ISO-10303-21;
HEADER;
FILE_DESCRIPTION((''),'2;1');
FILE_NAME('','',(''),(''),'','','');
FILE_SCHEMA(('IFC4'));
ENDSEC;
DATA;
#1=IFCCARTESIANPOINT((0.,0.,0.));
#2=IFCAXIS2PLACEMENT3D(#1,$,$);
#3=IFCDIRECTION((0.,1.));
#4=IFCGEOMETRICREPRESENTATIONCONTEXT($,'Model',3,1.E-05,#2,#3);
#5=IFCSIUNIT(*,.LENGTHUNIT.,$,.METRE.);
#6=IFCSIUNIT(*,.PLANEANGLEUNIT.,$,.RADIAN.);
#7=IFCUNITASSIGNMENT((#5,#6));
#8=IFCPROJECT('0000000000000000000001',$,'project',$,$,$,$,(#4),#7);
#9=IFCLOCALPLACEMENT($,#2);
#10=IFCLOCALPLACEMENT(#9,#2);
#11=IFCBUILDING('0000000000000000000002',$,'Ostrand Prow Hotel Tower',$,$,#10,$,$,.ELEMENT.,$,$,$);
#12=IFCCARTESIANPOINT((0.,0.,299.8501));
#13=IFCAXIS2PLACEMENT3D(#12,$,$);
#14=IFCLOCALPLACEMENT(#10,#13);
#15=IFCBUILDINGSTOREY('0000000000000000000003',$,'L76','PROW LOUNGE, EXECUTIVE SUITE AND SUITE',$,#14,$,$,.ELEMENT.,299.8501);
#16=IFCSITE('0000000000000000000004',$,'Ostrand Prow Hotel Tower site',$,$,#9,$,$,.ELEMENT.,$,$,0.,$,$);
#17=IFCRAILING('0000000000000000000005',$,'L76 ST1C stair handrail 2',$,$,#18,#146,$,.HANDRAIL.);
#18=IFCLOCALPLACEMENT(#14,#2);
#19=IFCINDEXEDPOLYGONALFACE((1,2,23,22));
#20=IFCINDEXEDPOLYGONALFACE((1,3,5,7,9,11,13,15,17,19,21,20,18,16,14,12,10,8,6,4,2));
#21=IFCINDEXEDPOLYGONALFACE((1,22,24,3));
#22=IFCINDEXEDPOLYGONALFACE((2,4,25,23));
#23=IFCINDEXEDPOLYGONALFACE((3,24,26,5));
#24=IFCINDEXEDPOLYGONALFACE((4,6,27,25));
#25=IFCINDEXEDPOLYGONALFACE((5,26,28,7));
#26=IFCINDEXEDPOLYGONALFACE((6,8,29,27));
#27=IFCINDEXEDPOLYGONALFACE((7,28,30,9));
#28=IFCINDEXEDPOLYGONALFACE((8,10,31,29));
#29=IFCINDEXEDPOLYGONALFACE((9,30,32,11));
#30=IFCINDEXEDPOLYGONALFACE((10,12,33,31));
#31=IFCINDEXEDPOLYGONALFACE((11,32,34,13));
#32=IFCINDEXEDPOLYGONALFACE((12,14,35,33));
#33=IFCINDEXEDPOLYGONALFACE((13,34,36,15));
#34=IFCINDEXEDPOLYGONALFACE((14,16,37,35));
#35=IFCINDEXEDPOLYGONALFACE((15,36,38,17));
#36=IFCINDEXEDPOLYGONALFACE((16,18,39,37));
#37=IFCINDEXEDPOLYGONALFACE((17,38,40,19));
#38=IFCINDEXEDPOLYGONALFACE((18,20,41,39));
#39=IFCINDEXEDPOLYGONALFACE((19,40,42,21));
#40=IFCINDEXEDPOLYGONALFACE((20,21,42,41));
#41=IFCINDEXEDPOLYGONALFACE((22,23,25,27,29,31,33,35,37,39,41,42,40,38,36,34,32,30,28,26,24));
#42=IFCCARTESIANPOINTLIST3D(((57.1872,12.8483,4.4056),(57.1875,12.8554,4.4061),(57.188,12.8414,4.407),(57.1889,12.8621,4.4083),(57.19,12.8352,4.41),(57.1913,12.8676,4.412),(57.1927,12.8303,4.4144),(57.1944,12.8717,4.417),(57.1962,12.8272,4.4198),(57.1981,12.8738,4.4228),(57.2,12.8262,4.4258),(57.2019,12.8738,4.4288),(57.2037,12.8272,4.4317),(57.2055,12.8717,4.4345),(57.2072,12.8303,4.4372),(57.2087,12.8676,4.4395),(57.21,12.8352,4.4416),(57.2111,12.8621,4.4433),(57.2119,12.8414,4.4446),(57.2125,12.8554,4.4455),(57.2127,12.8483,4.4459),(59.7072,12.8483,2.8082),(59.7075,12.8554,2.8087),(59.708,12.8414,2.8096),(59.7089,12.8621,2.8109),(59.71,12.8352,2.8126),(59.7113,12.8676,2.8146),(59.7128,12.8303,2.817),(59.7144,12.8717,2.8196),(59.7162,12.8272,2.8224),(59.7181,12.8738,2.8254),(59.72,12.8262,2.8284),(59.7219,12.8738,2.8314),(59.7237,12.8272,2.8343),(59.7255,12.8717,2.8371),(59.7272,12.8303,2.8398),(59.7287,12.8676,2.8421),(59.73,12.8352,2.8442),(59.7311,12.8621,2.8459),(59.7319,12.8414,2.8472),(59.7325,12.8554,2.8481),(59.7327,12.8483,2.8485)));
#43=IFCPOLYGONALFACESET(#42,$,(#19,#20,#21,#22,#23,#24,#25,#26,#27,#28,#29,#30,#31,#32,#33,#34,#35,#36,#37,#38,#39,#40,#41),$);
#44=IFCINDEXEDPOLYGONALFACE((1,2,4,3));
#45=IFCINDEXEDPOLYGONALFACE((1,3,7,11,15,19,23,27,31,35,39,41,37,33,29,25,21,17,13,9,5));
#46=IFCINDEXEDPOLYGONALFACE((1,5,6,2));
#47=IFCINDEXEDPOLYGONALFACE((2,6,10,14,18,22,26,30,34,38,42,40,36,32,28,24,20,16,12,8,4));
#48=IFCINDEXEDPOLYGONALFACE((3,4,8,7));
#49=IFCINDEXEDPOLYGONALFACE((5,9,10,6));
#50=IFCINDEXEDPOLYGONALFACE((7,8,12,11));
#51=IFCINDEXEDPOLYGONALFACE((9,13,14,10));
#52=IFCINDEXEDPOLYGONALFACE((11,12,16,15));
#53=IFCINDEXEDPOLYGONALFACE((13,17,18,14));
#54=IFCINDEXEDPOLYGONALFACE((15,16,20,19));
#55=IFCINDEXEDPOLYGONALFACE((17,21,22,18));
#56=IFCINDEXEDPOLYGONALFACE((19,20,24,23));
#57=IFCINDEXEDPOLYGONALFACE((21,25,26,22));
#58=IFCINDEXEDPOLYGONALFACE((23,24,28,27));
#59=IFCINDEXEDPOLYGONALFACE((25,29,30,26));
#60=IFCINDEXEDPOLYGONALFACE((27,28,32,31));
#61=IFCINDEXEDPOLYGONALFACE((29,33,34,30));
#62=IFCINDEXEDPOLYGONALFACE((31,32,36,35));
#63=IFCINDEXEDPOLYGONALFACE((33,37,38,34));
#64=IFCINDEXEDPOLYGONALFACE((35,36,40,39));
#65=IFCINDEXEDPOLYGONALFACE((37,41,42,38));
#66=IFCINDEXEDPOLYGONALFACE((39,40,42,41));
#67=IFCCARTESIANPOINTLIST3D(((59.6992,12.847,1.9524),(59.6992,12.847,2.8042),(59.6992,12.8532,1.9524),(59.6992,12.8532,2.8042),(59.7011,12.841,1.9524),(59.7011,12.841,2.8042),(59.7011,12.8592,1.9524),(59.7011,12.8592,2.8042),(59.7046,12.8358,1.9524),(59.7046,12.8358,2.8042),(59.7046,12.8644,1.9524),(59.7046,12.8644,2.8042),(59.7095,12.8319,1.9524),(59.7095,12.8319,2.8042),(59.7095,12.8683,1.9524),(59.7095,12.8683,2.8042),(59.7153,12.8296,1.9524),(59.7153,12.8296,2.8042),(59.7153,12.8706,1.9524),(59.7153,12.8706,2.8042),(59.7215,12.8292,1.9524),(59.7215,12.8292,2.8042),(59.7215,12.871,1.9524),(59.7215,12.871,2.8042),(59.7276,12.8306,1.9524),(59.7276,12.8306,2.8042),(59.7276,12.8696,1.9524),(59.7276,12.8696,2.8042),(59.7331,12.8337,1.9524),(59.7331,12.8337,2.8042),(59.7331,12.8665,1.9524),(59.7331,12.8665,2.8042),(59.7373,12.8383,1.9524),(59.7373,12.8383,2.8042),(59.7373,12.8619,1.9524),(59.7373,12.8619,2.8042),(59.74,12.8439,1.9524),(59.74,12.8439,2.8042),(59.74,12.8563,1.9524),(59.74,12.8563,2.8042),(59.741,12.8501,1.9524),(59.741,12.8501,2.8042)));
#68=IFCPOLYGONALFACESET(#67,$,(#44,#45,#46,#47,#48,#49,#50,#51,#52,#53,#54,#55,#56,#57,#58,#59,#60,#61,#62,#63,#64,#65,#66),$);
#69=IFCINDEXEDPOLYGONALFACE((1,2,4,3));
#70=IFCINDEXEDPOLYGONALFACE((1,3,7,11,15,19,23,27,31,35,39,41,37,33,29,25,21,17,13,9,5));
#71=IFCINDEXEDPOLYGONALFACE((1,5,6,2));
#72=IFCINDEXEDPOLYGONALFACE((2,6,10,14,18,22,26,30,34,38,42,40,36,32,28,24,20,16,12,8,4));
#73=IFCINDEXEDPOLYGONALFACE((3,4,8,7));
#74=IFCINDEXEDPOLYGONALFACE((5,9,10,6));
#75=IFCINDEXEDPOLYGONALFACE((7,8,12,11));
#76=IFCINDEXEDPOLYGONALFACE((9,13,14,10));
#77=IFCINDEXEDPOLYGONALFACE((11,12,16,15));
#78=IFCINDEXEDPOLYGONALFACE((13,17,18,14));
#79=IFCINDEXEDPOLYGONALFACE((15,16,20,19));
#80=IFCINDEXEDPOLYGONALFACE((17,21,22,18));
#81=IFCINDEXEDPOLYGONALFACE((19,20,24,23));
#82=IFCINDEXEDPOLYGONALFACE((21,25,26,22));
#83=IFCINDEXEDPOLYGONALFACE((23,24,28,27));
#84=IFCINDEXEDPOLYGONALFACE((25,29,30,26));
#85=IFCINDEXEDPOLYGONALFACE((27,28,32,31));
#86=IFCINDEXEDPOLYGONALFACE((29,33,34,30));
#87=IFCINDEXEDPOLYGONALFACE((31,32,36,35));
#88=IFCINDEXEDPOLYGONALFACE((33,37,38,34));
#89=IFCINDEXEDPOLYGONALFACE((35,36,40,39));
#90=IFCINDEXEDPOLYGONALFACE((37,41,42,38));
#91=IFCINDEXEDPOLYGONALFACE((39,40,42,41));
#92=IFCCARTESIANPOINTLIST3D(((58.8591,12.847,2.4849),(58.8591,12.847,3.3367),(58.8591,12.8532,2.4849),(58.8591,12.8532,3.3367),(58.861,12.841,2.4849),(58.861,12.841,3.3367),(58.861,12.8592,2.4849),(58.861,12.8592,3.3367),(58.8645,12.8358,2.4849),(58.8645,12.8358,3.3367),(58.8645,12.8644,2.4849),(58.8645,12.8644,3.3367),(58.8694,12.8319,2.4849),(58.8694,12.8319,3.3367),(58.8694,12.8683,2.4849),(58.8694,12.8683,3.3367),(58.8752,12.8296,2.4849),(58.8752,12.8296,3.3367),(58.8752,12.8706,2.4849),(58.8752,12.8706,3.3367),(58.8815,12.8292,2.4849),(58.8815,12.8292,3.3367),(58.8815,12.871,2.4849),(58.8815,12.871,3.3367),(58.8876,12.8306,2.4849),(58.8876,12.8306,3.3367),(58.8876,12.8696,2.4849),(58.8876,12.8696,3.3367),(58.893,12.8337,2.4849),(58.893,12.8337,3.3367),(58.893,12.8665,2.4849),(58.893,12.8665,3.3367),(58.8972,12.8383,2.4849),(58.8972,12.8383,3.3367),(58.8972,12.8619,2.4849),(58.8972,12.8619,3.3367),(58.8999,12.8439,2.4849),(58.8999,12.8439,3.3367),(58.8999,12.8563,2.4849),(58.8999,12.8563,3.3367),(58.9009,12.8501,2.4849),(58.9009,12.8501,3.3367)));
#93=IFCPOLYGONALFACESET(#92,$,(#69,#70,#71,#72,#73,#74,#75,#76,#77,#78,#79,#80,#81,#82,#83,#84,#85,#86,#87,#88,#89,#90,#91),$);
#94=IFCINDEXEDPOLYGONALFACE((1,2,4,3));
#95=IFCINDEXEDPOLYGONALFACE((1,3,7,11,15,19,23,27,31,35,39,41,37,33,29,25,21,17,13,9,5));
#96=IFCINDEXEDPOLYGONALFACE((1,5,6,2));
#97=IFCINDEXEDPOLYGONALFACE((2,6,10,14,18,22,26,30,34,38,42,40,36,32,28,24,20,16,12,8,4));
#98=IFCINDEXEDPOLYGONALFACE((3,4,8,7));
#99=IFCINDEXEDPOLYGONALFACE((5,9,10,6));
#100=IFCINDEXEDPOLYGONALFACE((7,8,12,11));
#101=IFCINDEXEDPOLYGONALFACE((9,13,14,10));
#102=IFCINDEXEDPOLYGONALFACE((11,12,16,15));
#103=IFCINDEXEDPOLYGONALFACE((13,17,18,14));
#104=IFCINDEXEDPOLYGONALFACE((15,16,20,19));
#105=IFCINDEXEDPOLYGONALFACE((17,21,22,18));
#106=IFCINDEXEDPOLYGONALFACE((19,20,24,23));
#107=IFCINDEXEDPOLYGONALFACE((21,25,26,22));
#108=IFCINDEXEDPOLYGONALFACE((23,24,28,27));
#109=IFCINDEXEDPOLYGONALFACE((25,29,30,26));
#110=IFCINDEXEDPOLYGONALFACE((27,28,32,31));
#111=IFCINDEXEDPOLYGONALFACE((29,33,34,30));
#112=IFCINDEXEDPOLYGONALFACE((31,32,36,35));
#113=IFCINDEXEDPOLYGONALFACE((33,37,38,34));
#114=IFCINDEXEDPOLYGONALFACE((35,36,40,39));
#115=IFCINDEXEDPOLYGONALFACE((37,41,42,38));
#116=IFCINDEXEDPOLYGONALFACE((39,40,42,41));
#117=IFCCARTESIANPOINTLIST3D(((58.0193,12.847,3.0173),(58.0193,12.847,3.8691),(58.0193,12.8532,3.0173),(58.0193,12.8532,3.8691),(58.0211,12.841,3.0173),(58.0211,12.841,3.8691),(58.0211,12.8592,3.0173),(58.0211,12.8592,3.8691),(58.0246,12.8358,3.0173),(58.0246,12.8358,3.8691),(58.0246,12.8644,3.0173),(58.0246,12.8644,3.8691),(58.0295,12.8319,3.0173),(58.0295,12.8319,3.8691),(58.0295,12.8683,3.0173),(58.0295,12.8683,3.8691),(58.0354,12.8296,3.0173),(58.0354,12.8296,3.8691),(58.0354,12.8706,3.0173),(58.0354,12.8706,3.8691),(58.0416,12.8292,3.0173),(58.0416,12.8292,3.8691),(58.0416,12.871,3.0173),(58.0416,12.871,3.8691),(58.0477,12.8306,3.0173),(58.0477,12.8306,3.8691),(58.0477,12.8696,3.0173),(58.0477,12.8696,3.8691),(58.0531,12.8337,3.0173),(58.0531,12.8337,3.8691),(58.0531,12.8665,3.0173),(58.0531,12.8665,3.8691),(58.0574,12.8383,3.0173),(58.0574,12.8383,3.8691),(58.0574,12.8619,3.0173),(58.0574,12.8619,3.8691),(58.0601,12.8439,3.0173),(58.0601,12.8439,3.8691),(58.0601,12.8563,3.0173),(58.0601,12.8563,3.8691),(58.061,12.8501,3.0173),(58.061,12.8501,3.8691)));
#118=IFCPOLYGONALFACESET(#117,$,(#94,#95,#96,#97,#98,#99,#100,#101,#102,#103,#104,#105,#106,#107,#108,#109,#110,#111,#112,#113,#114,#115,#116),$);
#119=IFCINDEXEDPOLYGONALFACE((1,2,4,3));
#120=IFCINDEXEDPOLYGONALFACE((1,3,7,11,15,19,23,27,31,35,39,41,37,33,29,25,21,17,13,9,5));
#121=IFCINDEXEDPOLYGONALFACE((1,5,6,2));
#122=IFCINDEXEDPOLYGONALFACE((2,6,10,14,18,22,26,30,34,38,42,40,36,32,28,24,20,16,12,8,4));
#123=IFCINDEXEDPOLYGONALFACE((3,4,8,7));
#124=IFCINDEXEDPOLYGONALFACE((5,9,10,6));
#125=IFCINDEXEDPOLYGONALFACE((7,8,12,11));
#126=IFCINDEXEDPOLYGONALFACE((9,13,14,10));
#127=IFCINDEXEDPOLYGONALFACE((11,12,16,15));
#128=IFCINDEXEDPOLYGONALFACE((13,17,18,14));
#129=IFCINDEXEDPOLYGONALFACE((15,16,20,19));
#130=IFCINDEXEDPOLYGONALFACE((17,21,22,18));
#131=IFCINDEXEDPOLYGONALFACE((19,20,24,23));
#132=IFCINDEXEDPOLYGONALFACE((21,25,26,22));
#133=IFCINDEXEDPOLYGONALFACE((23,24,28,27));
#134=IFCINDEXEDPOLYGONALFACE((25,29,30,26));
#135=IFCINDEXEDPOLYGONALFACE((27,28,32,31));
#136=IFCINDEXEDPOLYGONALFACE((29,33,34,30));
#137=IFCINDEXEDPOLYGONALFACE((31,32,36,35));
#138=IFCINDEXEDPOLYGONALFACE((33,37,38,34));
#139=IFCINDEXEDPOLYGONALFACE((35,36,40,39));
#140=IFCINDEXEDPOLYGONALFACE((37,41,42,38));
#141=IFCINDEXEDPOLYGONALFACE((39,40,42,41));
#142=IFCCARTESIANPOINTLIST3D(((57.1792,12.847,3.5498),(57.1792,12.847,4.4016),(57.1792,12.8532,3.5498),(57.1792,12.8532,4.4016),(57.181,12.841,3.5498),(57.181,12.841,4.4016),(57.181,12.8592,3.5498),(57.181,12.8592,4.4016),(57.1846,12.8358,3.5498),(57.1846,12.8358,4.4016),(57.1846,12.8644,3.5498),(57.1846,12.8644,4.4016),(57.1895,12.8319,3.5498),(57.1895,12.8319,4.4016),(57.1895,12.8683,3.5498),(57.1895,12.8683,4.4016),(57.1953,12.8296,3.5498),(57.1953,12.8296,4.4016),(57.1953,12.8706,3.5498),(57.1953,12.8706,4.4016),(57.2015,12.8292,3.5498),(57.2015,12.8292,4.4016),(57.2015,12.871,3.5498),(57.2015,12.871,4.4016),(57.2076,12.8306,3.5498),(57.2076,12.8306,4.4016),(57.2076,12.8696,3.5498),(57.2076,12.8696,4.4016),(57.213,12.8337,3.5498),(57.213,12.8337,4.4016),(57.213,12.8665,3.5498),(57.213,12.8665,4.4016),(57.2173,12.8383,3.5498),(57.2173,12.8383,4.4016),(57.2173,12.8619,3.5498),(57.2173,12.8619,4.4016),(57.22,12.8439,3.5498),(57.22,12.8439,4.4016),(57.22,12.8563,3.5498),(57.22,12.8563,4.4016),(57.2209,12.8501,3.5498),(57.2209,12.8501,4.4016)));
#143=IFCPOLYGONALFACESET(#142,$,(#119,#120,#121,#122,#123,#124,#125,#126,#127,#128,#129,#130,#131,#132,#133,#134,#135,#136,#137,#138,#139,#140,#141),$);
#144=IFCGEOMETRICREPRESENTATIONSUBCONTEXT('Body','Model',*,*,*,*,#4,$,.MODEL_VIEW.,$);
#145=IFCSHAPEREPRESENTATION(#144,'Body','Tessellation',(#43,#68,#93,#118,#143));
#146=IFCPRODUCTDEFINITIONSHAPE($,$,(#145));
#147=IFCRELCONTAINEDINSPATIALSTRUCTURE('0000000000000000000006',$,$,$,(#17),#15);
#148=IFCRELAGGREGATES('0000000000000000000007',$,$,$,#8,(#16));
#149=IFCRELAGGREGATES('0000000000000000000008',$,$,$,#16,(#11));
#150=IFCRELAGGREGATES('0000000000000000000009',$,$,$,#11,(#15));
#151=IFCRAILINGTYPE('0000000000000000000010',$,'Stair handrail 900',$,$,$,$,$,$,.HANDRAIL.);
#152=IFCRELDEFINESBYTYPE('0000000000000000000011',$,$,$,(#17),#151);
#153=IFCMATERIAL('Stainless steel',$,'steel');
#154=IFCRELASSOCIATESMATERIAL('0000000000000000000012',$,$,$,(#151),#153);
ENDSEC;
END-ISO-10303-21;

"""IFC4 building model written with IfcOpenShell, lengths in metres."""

from ifc_helpers import new_model, si_unit, direction, frame, origin, origin_2d, place, context, subcontext, project, spatial, circle, extrude, material, type_object, element, save


model = new_model("IFC4")

# Units and contexts
model_context = context("Model", 3, precision=1e-05, world=origin(), true_north=direction((0.0, 1.0)))
body_context = subcontext(model_context, "Body", "Model", "MODEL_VIEW")
ifc_project = project(units=[si_unit("LENGTHUNIT", "METRE"), si_unit("PLANEANGLEUNIT", "RADIAN")], contexts=[model_context])

# Site, building, storey
site_placement = place(None, origin())
site = spatial("IfcSite", under=ifc_project, at=site_placement, Name="Ostrand Prow Hotel Tower site", CompositionType="ELEMENT", RefElevation=0.0)
building_placement = place(site_placement, origin())
building = spatial("IfcBuilding", under=site, at=building_placement, Name="Ostrand Prow Hotel Tower", CompositionType="ELEMENT")
storey_placement = place(building_placement, frame((0.0, 0.0, 299.8501)))
storey = spatial("IfcBuildingStorey", under=building, at=storey_placement, Name="L76", Description="PROW LOUNGE, EXECUTIVE SUITE AND SUITE", CompositionType="ELEMENT", Elevation=299.8501)

# Railing
ifc_material_1 = material(Name="Stainless steel", Category="steel")
railing_type_1 = type_object("IfcRailingType", Name="Stair handrail 900", PredefinedType="HANDRAIL", material=ifc_material_1)
railing_1_placement = place(storey_placement, frame((59.72, 12.8501, 1.9524)))
element("IfcRailing", 1, at=railing_1_placement, inside=storey, type_object=railing_type_1, Name="L76 ST1C stair handrail 2", PredefinedType="HANDRAIL", context=body_context, shape_type="SweptSolid", body=[
    extrude(circle(Radius=0.0239, at=origin_2d()), frame((0.0, 0.0, 0.876), z_axis=(-0.844607, 0.0, 0.535387), x_axis=(0.0, -1.0, 0.0)), (0.0, 0.0, 1.0), 2.9836),
    extrude(circle(Radius=0.021, at=origin_2d()), origin(), (0.0, 0.0, 1.0), 0.8518),
    extrude(circle(Radius=0.021, at=origin_2d()), frame((-0.8401, 0.0, 0.5325)), (0.0, 0.0, 1.0), 0.8518),
    extrude(circle(Radius=0.021, at=origin_2d()), frame((-1.6799, 0.0, 1.0649)), (0.0, 0.0, 1.0), 0.8518),
    extrude(circle(Radius=0.021, at=origin_2d()), frame((-2.52, 0.0, 1.5974)), (0.0, 0.0, 1.0), 0.8518),
])

save(model, "model.ifc")
